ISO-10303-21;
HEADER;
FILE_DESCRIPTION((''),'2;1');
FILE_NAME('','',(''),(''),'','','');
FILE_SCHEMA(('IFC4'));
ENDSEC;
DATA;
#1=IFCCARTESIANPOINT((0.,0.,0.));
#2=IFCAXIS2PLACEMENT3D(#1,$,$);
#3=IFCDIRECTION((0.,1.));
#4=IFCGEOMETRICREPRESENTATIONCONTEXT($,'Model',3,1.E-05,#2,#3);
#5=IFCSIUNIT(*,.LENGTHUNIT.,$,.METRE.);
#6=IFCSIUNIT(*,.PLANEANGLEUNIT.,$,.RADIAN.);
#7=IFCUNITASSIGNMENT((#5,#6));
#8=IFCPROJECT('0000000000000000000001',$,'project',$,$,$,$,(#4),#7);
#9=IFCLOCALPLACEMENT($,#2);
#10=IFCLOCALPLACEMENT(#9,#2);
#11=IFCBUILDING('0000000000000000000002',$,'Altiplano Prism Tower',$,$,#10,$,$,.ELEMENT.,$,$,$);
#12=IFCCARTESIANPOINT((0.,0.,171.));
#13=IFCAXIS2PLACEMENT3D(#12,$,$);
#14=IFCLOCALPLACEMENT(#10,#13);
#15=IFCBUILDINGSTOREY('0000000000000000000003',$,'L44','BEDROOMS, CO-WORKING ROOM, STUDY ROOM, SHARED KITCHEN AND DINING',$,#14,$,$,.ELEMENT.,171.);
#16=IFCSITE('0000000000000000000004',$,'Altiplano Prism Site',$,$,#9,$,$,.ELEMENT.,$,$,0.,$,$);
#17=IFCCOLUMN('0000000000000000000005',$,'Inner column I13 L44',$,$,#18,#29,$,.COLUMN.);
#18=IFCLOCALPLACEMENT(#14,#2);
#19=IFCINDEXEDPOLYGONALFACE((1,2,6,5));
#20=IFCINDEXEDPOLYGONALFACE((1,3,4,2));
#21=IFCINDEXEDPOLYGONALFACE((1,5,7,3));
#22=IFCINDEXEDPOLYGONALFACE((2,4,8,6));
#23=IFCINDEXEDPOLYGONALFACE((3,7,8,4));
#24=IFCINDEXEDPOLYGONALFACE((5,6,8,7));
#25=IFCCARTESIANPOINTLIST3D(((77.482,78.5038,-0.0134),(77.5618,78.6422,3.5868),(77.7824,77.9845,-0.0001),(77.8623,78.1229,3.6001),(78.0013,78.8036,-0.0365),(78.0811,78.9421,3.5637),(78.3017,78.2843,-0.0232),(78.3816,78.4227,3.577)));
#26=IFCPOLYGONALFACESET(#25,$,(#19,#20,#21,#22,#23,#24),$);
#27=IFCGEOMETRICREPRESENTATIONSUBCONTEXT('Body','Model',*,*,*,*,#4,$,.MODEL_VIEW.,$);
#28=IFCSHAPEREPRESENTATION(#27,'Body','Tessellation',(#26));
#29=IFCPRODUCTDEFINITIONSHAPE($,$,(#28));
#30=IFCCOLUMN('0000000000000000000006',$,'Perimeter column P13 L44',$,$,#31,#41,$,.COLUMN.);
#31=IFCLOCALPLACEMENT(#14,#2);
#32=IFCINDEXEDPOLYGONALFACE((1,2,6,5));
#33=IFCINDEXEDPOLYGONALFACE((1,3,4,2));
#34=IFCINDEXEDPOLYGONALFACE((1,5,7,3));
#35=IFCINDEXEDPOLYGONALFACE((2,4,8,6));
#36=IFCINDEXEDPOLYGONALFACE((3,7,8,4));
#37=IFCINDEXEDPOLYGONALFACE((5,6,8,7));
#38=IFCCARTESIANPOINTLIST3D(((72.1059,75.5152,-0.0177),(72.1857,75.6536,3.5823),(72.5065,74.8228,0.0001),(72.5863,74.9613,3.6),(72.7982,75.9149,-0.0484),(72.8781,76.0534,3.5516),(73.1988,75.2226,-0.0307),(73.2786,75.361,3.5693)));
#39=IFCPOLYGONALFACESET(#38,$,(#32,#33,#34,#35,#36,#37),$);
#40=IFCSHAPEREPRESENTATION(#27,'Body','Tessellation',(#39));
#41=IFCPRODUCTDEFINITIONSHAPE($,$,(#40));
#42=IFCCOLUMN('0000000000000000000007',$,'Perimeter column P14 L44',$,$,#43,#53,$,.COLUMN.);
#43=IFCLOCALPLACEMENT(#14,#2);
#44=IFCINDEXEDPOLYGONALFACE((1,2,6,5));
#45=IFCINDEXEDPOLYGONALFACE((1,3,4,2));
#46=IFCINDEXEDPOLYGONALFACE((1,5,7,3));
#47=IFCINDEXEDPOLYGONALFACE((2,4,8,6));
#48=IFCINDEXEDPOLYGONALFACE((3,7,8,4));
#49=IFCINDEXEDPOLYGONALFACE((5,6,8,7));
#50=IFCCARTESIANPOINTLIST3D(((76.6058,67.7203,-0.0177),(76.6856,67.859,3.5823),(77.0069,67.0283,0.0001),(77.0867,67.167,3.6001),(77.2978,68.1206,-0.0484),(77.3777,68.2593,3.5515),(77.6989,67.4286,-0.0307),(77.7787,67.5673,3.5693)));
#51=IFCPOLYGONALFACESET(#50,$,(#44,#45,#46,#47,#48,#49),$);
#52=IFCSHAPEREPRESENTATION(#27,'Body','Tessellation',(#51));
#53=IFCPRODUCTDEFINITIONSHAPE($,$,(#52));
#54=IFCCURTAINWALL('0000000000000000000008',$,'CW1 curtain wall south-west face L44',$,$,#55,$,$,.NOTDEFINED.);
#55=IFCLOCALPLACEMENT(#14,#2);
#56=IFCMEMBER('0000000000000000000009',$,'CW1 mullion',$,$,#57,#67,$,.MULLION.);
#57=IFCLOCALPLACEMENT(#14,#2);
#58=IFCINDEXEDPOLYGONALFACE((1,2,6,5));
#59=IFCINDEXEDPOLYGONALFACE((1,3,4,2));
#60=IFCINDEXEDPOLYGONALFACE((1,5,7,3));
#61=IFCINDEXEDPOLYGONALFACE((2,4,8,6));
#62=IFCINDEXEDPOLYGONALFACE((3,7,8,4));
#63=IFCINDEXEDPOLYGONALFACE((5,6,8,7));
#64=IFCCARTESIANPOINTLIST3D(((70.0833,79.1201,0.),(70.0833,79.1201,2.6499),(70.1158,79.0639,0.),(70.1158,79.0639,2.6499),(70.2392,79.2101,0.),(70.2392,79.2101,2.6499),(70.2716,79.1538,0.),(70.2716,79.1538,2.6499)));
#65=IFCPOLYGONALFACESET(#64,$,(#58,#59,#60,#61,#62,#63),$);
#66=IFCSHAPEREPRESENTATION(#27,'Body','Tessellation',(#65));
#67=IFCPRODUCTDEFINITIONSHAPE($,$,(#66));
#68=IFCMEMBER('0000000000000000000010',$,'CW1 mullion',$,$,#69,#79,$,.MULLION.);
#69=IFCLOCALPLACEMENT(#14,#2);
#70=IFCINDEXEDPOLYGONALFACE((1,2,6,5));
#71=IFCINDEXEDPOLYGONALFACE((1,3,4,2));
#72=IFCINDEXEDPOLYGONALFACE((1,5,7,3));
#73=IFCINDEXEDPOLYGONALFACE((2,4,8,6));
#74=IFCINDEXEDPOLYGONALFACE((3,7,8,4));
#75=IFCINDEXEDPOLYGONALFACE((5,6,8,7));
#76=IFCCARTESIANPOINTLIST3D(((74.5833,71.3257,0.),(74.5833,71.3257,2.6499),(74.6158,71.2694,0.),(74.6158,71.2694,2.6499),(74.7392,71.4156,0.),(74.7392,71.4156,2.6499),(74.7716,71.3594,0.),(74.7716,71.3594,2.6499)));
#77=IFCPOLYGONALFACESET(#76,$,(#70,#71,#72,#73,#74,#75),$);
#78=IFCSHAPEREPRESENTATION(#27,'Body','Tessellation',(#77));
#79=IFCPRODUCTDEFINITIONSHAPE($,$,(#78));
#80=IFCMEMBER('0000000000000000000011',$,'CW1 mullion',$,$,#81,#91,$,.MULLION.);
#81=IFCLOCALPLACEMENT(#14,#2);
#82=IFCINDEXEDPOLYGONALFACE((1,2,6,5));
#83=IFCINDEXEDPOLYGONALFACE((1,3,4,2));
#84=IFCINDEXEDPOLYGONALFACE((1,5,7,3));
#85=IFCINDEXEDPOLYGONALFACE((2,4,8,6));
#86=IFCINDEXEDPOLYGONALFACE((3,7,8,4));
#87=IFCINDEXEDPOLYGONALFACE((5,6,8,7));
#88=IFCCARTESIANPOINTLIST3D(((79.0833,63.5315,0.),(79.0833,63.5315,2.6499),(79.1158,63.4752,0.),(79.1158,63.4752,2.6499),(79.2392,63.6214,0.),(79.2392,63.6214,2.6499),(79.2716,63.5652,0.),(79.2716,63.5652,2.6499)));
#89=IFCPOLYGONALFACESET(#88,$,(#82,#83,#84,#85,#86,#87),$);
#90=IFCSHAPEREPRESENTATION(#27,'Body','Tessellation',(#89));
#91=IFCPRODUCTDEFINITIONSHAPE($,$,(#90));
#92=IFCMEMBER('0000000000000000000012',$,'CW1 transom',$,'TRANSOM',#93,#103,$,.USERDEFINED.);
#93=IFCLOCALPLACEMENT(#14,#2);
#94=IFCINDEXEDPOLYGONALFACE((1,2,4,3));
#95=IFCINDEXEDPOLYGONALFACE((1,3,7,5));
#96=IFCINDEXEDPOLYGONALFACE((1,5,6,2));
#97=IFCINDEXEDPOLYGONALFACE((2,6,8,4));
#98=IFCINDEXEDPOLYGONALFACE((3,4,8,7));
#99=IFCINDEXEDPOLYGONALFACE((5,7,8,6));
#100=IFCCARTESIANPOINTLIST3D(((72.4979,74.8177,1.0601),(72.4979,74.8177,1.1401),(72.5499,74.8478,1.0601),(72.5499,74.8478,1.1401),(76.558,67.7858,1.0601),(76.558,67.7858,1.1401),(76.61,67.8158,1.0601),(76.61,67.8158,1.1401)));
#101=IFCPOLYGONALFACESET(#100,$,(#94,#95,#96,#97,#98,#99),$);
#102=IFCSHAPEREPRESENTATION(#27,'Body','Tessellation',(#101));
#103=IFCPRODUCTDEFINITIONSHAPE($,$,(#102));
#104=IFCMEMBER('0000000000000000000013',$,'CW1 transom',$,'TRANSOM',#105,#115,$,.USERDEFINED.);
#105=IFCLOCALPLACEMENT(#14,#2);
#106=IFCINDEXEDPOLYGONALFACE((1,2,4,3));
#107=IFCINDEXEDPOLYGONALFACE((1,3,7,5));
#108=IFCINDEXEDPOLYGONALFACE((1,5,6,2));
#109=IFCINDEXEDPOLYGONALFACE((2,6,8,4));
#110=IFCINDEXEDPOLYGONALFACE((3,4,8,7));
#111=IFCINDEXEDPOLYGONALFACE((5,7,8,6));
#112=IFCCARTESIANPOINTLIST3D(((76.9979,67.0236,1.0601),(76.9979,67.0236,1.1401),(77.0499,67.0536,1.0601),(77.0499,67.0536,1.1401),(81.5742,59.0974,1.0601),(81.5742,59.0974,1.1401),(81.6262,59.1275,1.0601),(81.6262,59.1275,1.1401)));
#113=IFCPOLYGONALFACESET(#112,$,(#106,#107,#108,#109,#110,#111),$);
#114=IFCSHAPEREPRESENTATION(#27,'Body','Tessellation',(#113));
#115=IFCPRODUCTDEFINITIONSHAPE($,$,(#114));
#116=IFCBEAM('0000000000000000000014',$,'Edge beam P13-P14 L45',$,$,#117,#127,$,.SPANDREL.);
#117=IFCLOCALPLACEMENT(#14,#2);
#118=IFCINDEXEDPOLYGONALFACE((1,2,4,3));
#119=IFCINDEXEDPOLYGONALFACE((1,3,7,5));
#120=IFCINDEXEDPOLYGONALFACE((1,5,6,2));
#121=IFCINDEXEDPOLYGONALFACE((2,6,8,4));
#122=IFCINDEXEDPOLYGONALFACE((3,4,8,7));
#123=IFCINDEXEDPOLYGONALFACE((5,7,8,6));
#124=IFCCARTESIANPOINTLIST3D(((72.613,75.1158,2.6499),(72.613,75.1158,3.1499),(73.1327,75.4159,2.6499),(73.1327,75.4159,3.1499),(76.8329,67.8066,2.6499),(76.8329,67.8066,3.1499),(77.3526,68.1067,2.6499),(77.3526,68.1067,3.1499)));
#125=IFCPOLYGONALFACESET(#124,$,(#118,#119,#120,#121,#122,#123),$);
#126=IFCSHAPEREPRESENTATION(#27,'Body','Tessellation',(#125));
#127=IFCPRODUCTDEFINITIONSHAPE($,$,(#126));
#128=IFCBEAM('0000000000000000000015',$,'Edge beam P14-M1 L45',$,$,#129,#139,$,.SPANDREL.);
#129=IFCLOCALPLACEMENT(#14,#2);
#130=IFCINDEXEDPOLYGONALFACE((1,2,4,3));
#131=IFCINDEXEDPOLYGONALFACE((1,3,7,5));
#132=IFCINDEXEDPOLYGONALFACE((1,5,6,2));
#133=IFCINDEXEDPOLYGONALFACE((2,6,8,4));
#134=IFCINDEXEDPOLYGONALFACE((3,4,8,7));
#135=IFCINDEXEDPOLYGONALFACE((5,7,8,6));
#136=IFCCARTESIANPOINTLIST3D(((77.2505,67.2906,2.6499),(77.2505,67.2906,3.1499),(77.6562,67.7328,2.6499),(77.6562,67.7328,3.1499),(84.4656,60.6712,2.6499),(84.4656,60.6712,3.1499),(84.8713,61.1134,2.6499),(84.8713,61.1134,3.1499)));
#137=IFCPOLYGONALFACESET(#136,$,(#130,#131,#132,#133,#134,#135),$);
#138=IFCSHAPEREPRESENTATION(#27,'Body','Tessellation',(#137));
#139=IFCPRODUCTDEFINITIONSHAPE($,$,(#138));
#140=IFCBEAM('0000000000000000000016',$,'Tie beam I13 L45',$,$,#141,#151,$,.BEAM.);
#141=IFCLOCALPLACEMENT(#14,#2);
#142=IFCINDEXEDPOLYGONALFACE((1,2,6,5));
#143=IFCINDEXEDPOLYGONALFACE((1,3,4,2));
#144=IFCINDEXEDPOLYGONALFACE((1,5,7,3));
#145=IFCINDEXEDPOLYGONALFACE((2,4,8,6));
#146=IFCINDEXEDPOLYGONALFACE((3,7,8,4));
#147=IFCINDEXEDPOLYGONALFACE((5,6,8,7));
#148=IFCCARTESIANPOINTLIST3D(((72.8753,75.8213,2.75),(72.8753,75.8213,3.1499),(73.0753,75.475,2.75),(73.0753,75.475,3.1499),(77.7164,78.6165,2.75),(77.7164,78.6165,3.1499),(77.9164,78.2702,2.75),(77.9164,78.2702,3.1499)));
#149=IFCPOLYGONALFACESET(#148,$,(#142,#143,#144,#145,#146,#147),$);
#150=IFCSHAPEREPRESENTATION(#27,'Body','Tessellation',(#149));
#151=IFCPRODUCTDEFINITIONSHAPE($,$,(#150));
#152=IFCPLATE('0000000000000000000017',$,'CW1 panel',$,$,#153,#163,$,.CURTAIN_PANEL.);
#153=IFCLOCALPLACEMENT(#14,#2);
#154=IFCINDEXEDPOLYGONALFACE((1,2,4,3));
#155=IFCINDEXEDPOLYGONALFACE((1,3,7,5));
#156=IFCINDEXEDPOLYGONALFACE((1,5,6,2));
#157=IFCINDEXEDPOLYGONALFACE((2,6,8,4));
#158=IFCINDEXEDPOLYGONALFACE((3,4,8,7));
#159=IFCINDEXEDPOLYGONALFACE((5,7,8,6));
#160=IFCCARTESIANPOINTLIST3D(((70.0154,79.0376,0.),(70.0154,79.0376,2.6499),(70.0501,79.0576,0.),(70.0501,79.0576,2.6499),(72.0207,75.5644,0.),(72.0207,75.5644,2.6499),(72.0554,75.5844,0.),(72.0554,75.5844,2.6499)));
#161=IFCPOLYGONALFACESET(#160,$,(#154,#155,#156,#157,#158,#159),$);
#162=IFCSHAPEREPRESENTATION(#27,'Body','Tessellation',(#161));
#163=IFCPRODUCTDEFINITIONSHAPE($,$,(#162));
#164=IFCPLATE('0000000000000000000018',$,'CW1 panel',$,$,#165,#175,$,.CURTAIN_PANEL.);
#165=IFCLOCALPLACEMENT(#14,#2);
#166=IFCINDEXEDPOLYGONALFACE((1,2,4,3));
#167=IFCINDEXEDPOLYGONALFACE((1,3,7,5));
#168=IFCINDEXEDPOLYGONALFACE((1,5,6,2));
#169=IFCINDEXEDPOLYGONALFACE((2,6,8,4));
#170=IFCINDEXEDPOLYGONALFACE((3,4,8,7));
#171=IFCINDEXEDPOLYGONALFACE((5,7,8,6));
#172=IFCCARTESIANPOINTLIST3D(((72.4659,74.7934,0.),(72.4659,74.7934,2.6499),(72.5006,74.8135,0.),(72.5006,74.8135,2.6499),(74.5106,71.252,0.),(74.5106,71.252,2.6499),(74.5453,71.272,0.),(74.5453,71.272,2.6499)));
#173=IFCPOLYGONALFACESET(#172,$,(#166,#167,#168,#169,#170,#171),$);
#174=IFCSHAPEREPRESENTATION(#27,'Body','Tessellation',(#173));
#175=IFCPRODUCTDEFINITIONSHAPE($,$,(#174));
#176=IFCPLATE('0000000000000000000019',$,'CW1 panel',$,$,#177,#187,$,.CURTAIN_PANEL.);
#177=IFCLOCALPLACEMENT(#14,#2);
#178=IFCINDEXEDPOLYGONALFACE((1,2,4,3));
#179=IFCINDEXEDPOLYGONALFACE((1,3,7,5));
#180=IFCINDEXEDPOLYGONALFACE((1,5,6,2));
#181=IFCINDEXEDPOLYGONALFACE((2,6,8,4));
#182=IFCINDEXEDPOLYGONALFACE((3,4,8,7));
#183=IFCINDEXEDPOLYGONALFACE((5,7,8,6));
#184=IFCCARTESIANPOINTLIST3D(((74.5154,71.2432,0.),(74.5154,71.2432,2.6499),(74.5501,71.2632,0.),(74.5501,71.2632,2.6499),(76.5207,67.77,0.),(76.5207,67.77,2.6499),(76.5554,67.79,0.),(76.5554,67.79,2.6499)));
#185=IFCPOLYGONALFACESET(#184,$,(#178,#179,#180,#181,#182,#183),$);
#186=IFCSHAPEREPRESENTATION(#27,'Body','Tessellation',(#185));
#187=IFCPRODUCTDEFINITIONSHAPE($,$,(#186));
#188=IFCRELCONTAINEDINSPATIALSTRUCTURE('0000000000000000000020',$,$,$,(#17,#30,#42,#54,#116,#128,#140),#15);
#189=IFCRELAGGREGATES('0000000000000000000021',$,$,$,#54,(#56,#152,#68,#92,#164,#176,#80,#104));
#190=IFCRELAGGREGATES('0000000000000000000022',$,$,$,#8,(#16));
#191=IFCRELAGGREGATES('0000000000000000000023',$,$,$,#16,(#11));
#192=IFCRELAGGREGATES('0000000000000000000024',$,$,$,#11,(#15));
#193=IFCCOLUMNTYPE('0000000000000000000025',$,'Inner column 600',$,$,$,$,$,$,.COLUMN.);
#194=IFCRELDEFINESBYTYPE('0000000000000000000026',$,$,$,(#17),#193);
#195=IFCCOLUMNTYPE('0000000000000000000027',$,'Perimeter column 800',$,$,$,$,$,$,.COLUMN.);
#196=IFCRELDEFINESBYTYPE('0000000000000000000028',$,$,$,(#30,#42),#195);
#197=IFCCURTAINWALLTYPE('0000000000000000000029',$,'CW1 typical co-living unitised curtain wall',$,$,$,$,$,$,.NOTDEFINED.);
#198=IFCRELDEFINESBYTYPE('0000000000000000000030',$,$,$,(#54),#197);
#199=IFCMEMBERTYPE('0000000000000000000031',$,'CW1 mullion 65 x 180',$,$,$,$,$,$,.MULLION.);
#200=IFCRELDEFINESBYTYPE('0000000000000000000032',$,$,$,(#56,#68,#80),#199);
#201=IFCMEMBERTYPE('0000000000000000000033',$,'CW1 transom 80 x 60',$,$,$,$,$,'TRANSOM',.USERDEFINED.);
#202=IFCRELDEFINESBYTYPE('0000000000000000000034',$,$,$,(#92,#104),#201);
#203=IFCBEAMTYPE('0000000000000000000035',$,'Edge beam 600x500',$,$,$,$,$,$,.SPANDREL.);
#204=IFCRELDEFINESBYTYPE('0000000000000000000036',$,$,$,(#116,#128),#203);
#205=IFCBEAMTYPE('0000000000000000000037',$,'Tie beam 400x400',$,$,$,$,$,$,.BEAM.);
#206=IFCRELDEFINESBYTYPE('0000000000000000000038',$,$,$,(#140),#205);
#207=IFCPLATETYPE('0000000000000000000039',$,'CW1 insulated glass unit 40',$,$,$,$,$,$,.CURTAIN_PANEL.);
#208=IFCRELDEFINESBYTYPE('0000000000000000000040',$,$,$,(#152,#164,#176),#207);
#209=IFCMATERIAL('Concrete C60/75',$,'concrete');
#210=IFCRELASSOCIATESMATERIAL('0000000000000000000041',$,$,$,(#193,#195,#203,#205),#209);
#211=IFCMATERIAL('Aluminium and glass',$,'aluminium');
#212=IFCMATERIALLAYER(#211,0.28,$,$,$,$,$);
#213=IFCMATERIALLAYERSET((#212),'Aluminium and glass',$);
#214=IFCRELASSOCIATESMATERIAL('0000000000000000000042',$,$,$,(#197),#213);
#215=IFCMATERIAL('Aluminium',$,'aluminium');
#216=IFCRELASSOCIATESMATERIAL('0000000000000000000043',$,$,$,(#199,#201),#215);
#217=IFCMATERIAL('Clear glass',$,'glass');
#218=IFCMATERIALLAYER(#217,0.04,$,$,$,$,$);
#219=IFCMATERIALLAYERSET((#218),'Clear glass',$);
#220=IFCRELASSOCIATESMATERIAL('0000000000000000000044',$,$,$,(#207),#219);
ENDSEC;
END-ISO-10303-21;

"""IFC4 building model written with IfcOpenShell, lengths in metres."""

from ifc_helpers import new_model, si_unit, direction, frame, origin, origin_2d, place, context, subcontext, project, spatial, rectangle, extrude, material, layer, layer_set, material_profile, profile_set, type_object, element, aggregate, save


model = new_model("IFC4")

# Units and contexts
model_context = context("Model", 3, precision=1e-05, world=origin(), true_north=direction((0.0, 1.0)))
body_context = subcontext(model_context, "Body", "Model", "MODEL_VIEW")
ifc_project = project(units=[si_unit("LENGTHUNIT", "METRE"), si_unit("PLANEANGLEUNIT", "RADIAN")], contexts=[model_context])

# Site, building, storey
site_placement = place(None, origin())
site = spatial("IfcSite", under=ifc_project, at=site_placement, Name="Altiplano Prism Site", CompositionType="ELEMENT", RefElevation=0.0)
building_placement = place(site_placement, origin())
building = spatial("IfcBuilding", under=site, at=building_placement, Name="Altiplano Prism Tower", CompositionType="ELEMENT")
storey_placement = place(building_placement, frame((0.0, 0.0, 171.0)))
storey = spatial("IfcBuildingStorey", under=building, at=storey_placement, Name="L44", Description="BEDROOMS, CO-WORKING ROOM, STUDY ROOM, SHARED KITCHEN AND DINING", CompositionType="ELEMENT", Elevation=171.0)

# Columns
ifc_material_1 = material(Name="Concrete C60/75", Category="concrete")
ifc_material_profile_1 = material_profile(ifc_material_1, rectangle(XDim=0.6001, YDim=0.6001, at=origin_2d()), Name="Inner column 600")
ifc_profile_set_1 = profile_set([ifc_material_profile_1], Name="Concrete C60/75")
column_type_1 = type_object("IfcColumnType", Name="Inner column 600", PredefinedType="COLUMN", material=ifc_profile_set_1)
column_placement = place(storey_placement, frame((77.8918, 78.394, -0.0183), z_axis=(0.022154, 0.038413, 0.999016), x_axis=(-0.865365, -0.499669, 0.038403)))
element("IfcColumn", 1, at=column_placement, inside=storey, type_object=column_type_1, Name="Inner column I13 L44", PredefinedType="COLUMN", context=body_context, shape_type="SweptSolid", body=[
    extrude(rectangle(XDim=0.6001, YDim=0.6001, at=origin_2d()), origin(), (0.0, 0.0, 1.0), 3.6038),
])
ifc_material_profile_2 = material_profile(ifc_material_1, rectangle(XDim=0.8, YDim=0.8, at=origin_2d()), Name="Perimeter column 800")
ifc_profile_set_2 = profile_set([ifc_material_profile_2], Name="Concrete C60/75")
column_type_2 = type_object("IfcColumnType", Name="Perimeter column 800", PredefinedType="COLUMN", material=ifc_profile_set_2)
for number, where, z_axis, x_axis, name in (
    (2, (72.6523, 75.3689, -0.0242), (0.022155, 0.038416, 0.999016), (-0.865365, -0.499669, 0.038405), "Perimeter column P13 L44"),
    (3, (77.1523, 67.5745, -0.0242), (0.022155, 0.038484, 0.999014), (-0.864982, -0.500327, 0.038456), "Perimeter column P14 L44"),
):
    element("IfcColumn", number, at=place(storey_placement, frame(where, z_axis=z_axis, x_axis=x_axis)), inside=storey, type_object=column_type_2, Name=name, PredefinedType="COLUMN", context=body_context, shape_type="SweptSolid", body=[
        extrude(rectangle(XDim=0.8, YDim=0.8, at=origin_2d()), origin(), (0.0, 0.0, 1.0), 3.6035),
    ])

# Curtain wall, members
ifc_material_2 = material(Name="Aluminium and glass", Category="aluminium")
ifc_layer_1 = layer(ifc_material_2, 0.28)
ifc_layer_set_1 = layer_set([ifc_layer_1], Name="Aluminium and glass")
curtain_wall_type = type_object("IfcCurtainWallType", Name="CW1 typical co-living unitised curtain wall", PredefinedType="NOTDEFINED", material=ifc_layer_set_1)
curtain_wall_placement = place(storey_placement, origin())
curtain_wall = element("IfcCurtainWall", 4, at=curtain_wall_placement, inside=storey, type_object=curtain_wall_type, Name="CW1 curtain wall south-west face L44", PredefinedType="NOTDEFINED")
ifc_material_3 = material(Name="Aluminium", Category="aluminium")
ifc_material_profile_3 = material_profile(ifc_material_3, rectangle(XDim=0.1799, YDim=0.0649, at=origin_2d()), Name="CW1 mullion 65 x 180")
ifc_profile_set_3 = profile_set([ifc_material_profile_3], Name="Aluminium")
member_type_1 = type_object("IfcMemberType", Name="CW1 mullion 65 x 180", PredefinedType="MULLION", material=ifc_profile_set_3)
member_1_placement = place(storey_placement, frame((70.1775, 79.137, 0.0), z_axis=(0.0, 0.0, 1.0), x_axis=(0.866025, 0.5, 0.0)))
member_1 = element("IfcMember", 5, at=member_1_placement, type_object=member_type_1, Name="CW1 mullion", PredefinedType="MULLION", context=body_context, shape_type="SweptSolid", body=[
    extrude(rectangle(XDim=0.1799, YDim=0.0649, at=origin_2d()), origin(), (0.0, 0.0, 1.0), 2.6499),
])
member_2_placement = place(storey_placement, frame((74.6775, 71.3425, 0.0), z_axis=(0.0, 0.0, 1.0), x_axis=(0.866025, 0.5, 0.0)))
member_2 = element("IfcMember", 6, at=member_2_placement, type_object=member_type_1, Name="CW1 mullion", PredefinedType="MULLION", context=body_context, shape_type="SweptSolid", body=[
    extrude(rectangle(XDim=0.1799, YDim=0.0649, at=origin_2d()), origin(), (0.0, 0.0, 1.0), 2.6499),
])
member_3_placement = place(storey_placement, frame((79.1775, 63.5483, 0.0), z_axis=(0.0, 0.0, 1.0), x_axis=(0.866025, 0.5, 0.0)))
member_3 = element("IfcMember", 7, at=member_3_placement, type_object=member_type_1, Name="CW1 mullion", PredefinedType="MULLION", context=body_context, shape_type="SweptSolid", body=[
    extrude(rectangle(XDim=0.1799, YDim=0.0649, at=origin_2d()), origin(), (0.0, 0.0, 1.0), 2.6499),
])
ifc_material_profile_4 = material_profile(ifc_material_3, rectangle(XDim=0.0601, YDim=0.0801, at=origin_2d()), Name="CW1 transom 80 x 60")
ifc_profile_set_4 = profile_set([ifc_material_profile_4], Name="Aluminium")
member_type_2 = type_object("IfcMemberType", Name="CW1 transom 80 x 60", ElementType="TRANSOM", PredefinedType="USERDEFINED", material=ifc_profile_set_4)
member_4_placement = place(storey_placement, frame((72.5239, 74.8328, 1.1001), z_axis=(0.500013, -0.866018, 0.0), x_axis=(0.866018, 0.500013, 0.0)))
member_4 = element("IfcMember", 8, at=member_4_placement, type_object=member_type_2, Name="CW1 transom", ObjectType="TRANSOM", PredefinedType="USERDEFINED", context=body_context, shape_type="SweptSolid", body=[
    extrude(rectangle(XDim=0.0601, YDim=0.0801, at=origin_2d()), origin(), (0.0, 0.0, 1.0), 8.1199),
])
member_5_placement = place(storey_placement, frame((77.0239, 67.0386, 1.1001), z_axis=(0.500006, -0.866022, 0.0), x_axis=(0.866022, 0.500006, 0.0)))
member_5 = element("IfcMember", 9, at=member_5_placement, type_object=member_type_2, Name="CW1 transom", ObjectType="TRANSOM", PredefinedType="USERDEFINED", context=body_context, shape_type="SweptSolid", body=[
    extrude(rectangle(XDim=0.0601, YDim=0.0801, at=origin_2d()), origin(), (0.0, 0.0, 1.0), 9.1523),
])

# Beams
ifc_material_profile_5 = material_profile(ifc_material_1, rectangle(XDim=0.6001, YDim=0.5, at=origin_2d()), Name="Edge beam 600x500")
ifc_profile_set_5 = profile_set([ifc_material_profile_5], Name="Concrete C60/75")
beam_type_1 = type_object("IfcBeamType", Name="Edge beam 600x500", PredefinedType="SPANDREL", material=ifc_profile_set_5)
beam_1_placement = place(storey_placement, frame((72.8728, 75.2659, 2.8999), z_axis=(0.499994, -0.866029, 0.0), x_axis=(0.866029, 0.499994, 0.0)))
element("IfcBeam", 10, at=beam_1_placement, inside=storey, type_object=beam_type_1, Name="Edge beam P13-P14 L45", PredefinedType="SPANDREL", context=body_context, shape_type="SweptSolid", body=[
    extrude(rectangle(XDim=0.6001, YDim=0.5, at=origin_2d()), origin(), (0.0, 0.0, 1.0), 8.4399),
])
beam_2_placement = place(storey_placement, frame((77.4534, 67.5117, 2.8999), z_axis=(0.736872, -0.676033, 0.0), x_axis=(0.676033, 0.736872, 0.0)))
element("IfcBeam", 11, at=beam_2_placement, inside=storey, type_object=beam_type_1, Name="Edge beam P14-M1 L45", PredefinedType="SPANDREL", context=body_context, shape_type="SweptSolid", body=[
    extrude(rectangle(XDim=0.6001, YDim=0.5, at=origin_2d()), origin(), (0.0, 0.0, 1.0), 9.7915),
])
ifc_material_profile_6 = material_profile(ifc_material_1, rectangle(XDim=0.3999, YDim=0.3999, at=origin_2d()), Name="Tie beam 400x400")
ifc_profile_set_6 = profile_set([ifc_material_profile_6], Name="Concrete C60/75")
beam_type_2 = type_object("IfcBeamType", Name="Tie beam 400x400", PredefinedType="BEAM", material=ifc_profile_set_6)
beam_3_placement = place(storey_placement, frame((77.8164, 78.4434, 2.95), z_axis=(-0.866012, -0.500024, 0.0), x_axis=(0.500024, -0.866012, 0.0)))
element("IfcBeam", 12, at=beam_3_placement, inside=storey, type_object=beam_type_2, Name="Tie beam I13 L45", PredefinedType="BEAM", context=body_context, shape_type="SweptSolid", body=[
    extrude(rectangle(XDim=0.3999, YDim=0.3999, at=origin_2d()), origin(), (0.0, 0.0, 1.0), 5.5901),
])

# Plates
ifc_material_4 = material(Name="Clear glass", Category="glass")
ifc_layer_2 = layer(ifc_material_4, 0.04)
ifc_layer_set_2 = layer_set([ifc_layer_2], Name="Clear glass")
plate_type = type_object("IfcPlateType", Name="CW1 insulated glass unit 40", PredefinedType="CURTAIN_PANEL", material=ifc_layer_set_2)
plate_1_placement = place(storey_placement, frame((71.0354, 77.311, 0.0), z_axis=(0.0, 0.0, 1.0), x_axis=(0.5, -0.866025, 0.0)))
plate_1 = element("IfcPlate", 13, at=plate_1_placement, type_object=plate_type, Name="CW1 panel", PredefinedType="CURTAIN_PANEL", context=body_context, shape_type="SweptSolid", body=[
    extrude(rectangle(XDim=4.0105, YDim=0.04, at=origin_2d()), origin(), (0.0, 0.0, 1.0), 2.6499),
])
plate_2_placement = place(storey_placement, frame((73.5056, 73.0327, 0.0), z_axis=(0.0, 0.0, 1.0), x_axis=(0.5, -0.866025, 0.0)))
plate_2 = element("IfcPlate", 14, at=plate_2_placement, type_object=plate_type, Name="CW1 panel", PredefinedType="CURTAIN_PANEL", context=body_context, shape_type="SweptSolid", body=[
    extrude(rectangle(XDim=4.0894, YDim=0.04, at=origin_2d()), origin(), (0.0, 0.0, 1.0), 2.6499),
])
plate_3_placement = place(storey_placement, frame((75.5354, 69.5166, 0.0), z_axis=(0.0, 0.0, 1.0), x_axis=(0.5, -0.866025, 0.0)))
plate_3 = element("IfcPlate", 15, at=plate_3_placement, type_object=plate_type, Name="CW1 panel", PredefinedType="CURTAIN_PANEL", context=body_context, shape_type="SweptSolid", body=[
    extrude(rectangle(XDim=4.0105, YDim=0.04, at=origin_2d()), origin(), (0.0, 0.0, 1.0), 2.6499),
])
aggregate(curtain_wall, [member_1, plate_1, member_2, member_4, plate_2, plate_3, member_3, member_5])

save(model, "model.ifc")
